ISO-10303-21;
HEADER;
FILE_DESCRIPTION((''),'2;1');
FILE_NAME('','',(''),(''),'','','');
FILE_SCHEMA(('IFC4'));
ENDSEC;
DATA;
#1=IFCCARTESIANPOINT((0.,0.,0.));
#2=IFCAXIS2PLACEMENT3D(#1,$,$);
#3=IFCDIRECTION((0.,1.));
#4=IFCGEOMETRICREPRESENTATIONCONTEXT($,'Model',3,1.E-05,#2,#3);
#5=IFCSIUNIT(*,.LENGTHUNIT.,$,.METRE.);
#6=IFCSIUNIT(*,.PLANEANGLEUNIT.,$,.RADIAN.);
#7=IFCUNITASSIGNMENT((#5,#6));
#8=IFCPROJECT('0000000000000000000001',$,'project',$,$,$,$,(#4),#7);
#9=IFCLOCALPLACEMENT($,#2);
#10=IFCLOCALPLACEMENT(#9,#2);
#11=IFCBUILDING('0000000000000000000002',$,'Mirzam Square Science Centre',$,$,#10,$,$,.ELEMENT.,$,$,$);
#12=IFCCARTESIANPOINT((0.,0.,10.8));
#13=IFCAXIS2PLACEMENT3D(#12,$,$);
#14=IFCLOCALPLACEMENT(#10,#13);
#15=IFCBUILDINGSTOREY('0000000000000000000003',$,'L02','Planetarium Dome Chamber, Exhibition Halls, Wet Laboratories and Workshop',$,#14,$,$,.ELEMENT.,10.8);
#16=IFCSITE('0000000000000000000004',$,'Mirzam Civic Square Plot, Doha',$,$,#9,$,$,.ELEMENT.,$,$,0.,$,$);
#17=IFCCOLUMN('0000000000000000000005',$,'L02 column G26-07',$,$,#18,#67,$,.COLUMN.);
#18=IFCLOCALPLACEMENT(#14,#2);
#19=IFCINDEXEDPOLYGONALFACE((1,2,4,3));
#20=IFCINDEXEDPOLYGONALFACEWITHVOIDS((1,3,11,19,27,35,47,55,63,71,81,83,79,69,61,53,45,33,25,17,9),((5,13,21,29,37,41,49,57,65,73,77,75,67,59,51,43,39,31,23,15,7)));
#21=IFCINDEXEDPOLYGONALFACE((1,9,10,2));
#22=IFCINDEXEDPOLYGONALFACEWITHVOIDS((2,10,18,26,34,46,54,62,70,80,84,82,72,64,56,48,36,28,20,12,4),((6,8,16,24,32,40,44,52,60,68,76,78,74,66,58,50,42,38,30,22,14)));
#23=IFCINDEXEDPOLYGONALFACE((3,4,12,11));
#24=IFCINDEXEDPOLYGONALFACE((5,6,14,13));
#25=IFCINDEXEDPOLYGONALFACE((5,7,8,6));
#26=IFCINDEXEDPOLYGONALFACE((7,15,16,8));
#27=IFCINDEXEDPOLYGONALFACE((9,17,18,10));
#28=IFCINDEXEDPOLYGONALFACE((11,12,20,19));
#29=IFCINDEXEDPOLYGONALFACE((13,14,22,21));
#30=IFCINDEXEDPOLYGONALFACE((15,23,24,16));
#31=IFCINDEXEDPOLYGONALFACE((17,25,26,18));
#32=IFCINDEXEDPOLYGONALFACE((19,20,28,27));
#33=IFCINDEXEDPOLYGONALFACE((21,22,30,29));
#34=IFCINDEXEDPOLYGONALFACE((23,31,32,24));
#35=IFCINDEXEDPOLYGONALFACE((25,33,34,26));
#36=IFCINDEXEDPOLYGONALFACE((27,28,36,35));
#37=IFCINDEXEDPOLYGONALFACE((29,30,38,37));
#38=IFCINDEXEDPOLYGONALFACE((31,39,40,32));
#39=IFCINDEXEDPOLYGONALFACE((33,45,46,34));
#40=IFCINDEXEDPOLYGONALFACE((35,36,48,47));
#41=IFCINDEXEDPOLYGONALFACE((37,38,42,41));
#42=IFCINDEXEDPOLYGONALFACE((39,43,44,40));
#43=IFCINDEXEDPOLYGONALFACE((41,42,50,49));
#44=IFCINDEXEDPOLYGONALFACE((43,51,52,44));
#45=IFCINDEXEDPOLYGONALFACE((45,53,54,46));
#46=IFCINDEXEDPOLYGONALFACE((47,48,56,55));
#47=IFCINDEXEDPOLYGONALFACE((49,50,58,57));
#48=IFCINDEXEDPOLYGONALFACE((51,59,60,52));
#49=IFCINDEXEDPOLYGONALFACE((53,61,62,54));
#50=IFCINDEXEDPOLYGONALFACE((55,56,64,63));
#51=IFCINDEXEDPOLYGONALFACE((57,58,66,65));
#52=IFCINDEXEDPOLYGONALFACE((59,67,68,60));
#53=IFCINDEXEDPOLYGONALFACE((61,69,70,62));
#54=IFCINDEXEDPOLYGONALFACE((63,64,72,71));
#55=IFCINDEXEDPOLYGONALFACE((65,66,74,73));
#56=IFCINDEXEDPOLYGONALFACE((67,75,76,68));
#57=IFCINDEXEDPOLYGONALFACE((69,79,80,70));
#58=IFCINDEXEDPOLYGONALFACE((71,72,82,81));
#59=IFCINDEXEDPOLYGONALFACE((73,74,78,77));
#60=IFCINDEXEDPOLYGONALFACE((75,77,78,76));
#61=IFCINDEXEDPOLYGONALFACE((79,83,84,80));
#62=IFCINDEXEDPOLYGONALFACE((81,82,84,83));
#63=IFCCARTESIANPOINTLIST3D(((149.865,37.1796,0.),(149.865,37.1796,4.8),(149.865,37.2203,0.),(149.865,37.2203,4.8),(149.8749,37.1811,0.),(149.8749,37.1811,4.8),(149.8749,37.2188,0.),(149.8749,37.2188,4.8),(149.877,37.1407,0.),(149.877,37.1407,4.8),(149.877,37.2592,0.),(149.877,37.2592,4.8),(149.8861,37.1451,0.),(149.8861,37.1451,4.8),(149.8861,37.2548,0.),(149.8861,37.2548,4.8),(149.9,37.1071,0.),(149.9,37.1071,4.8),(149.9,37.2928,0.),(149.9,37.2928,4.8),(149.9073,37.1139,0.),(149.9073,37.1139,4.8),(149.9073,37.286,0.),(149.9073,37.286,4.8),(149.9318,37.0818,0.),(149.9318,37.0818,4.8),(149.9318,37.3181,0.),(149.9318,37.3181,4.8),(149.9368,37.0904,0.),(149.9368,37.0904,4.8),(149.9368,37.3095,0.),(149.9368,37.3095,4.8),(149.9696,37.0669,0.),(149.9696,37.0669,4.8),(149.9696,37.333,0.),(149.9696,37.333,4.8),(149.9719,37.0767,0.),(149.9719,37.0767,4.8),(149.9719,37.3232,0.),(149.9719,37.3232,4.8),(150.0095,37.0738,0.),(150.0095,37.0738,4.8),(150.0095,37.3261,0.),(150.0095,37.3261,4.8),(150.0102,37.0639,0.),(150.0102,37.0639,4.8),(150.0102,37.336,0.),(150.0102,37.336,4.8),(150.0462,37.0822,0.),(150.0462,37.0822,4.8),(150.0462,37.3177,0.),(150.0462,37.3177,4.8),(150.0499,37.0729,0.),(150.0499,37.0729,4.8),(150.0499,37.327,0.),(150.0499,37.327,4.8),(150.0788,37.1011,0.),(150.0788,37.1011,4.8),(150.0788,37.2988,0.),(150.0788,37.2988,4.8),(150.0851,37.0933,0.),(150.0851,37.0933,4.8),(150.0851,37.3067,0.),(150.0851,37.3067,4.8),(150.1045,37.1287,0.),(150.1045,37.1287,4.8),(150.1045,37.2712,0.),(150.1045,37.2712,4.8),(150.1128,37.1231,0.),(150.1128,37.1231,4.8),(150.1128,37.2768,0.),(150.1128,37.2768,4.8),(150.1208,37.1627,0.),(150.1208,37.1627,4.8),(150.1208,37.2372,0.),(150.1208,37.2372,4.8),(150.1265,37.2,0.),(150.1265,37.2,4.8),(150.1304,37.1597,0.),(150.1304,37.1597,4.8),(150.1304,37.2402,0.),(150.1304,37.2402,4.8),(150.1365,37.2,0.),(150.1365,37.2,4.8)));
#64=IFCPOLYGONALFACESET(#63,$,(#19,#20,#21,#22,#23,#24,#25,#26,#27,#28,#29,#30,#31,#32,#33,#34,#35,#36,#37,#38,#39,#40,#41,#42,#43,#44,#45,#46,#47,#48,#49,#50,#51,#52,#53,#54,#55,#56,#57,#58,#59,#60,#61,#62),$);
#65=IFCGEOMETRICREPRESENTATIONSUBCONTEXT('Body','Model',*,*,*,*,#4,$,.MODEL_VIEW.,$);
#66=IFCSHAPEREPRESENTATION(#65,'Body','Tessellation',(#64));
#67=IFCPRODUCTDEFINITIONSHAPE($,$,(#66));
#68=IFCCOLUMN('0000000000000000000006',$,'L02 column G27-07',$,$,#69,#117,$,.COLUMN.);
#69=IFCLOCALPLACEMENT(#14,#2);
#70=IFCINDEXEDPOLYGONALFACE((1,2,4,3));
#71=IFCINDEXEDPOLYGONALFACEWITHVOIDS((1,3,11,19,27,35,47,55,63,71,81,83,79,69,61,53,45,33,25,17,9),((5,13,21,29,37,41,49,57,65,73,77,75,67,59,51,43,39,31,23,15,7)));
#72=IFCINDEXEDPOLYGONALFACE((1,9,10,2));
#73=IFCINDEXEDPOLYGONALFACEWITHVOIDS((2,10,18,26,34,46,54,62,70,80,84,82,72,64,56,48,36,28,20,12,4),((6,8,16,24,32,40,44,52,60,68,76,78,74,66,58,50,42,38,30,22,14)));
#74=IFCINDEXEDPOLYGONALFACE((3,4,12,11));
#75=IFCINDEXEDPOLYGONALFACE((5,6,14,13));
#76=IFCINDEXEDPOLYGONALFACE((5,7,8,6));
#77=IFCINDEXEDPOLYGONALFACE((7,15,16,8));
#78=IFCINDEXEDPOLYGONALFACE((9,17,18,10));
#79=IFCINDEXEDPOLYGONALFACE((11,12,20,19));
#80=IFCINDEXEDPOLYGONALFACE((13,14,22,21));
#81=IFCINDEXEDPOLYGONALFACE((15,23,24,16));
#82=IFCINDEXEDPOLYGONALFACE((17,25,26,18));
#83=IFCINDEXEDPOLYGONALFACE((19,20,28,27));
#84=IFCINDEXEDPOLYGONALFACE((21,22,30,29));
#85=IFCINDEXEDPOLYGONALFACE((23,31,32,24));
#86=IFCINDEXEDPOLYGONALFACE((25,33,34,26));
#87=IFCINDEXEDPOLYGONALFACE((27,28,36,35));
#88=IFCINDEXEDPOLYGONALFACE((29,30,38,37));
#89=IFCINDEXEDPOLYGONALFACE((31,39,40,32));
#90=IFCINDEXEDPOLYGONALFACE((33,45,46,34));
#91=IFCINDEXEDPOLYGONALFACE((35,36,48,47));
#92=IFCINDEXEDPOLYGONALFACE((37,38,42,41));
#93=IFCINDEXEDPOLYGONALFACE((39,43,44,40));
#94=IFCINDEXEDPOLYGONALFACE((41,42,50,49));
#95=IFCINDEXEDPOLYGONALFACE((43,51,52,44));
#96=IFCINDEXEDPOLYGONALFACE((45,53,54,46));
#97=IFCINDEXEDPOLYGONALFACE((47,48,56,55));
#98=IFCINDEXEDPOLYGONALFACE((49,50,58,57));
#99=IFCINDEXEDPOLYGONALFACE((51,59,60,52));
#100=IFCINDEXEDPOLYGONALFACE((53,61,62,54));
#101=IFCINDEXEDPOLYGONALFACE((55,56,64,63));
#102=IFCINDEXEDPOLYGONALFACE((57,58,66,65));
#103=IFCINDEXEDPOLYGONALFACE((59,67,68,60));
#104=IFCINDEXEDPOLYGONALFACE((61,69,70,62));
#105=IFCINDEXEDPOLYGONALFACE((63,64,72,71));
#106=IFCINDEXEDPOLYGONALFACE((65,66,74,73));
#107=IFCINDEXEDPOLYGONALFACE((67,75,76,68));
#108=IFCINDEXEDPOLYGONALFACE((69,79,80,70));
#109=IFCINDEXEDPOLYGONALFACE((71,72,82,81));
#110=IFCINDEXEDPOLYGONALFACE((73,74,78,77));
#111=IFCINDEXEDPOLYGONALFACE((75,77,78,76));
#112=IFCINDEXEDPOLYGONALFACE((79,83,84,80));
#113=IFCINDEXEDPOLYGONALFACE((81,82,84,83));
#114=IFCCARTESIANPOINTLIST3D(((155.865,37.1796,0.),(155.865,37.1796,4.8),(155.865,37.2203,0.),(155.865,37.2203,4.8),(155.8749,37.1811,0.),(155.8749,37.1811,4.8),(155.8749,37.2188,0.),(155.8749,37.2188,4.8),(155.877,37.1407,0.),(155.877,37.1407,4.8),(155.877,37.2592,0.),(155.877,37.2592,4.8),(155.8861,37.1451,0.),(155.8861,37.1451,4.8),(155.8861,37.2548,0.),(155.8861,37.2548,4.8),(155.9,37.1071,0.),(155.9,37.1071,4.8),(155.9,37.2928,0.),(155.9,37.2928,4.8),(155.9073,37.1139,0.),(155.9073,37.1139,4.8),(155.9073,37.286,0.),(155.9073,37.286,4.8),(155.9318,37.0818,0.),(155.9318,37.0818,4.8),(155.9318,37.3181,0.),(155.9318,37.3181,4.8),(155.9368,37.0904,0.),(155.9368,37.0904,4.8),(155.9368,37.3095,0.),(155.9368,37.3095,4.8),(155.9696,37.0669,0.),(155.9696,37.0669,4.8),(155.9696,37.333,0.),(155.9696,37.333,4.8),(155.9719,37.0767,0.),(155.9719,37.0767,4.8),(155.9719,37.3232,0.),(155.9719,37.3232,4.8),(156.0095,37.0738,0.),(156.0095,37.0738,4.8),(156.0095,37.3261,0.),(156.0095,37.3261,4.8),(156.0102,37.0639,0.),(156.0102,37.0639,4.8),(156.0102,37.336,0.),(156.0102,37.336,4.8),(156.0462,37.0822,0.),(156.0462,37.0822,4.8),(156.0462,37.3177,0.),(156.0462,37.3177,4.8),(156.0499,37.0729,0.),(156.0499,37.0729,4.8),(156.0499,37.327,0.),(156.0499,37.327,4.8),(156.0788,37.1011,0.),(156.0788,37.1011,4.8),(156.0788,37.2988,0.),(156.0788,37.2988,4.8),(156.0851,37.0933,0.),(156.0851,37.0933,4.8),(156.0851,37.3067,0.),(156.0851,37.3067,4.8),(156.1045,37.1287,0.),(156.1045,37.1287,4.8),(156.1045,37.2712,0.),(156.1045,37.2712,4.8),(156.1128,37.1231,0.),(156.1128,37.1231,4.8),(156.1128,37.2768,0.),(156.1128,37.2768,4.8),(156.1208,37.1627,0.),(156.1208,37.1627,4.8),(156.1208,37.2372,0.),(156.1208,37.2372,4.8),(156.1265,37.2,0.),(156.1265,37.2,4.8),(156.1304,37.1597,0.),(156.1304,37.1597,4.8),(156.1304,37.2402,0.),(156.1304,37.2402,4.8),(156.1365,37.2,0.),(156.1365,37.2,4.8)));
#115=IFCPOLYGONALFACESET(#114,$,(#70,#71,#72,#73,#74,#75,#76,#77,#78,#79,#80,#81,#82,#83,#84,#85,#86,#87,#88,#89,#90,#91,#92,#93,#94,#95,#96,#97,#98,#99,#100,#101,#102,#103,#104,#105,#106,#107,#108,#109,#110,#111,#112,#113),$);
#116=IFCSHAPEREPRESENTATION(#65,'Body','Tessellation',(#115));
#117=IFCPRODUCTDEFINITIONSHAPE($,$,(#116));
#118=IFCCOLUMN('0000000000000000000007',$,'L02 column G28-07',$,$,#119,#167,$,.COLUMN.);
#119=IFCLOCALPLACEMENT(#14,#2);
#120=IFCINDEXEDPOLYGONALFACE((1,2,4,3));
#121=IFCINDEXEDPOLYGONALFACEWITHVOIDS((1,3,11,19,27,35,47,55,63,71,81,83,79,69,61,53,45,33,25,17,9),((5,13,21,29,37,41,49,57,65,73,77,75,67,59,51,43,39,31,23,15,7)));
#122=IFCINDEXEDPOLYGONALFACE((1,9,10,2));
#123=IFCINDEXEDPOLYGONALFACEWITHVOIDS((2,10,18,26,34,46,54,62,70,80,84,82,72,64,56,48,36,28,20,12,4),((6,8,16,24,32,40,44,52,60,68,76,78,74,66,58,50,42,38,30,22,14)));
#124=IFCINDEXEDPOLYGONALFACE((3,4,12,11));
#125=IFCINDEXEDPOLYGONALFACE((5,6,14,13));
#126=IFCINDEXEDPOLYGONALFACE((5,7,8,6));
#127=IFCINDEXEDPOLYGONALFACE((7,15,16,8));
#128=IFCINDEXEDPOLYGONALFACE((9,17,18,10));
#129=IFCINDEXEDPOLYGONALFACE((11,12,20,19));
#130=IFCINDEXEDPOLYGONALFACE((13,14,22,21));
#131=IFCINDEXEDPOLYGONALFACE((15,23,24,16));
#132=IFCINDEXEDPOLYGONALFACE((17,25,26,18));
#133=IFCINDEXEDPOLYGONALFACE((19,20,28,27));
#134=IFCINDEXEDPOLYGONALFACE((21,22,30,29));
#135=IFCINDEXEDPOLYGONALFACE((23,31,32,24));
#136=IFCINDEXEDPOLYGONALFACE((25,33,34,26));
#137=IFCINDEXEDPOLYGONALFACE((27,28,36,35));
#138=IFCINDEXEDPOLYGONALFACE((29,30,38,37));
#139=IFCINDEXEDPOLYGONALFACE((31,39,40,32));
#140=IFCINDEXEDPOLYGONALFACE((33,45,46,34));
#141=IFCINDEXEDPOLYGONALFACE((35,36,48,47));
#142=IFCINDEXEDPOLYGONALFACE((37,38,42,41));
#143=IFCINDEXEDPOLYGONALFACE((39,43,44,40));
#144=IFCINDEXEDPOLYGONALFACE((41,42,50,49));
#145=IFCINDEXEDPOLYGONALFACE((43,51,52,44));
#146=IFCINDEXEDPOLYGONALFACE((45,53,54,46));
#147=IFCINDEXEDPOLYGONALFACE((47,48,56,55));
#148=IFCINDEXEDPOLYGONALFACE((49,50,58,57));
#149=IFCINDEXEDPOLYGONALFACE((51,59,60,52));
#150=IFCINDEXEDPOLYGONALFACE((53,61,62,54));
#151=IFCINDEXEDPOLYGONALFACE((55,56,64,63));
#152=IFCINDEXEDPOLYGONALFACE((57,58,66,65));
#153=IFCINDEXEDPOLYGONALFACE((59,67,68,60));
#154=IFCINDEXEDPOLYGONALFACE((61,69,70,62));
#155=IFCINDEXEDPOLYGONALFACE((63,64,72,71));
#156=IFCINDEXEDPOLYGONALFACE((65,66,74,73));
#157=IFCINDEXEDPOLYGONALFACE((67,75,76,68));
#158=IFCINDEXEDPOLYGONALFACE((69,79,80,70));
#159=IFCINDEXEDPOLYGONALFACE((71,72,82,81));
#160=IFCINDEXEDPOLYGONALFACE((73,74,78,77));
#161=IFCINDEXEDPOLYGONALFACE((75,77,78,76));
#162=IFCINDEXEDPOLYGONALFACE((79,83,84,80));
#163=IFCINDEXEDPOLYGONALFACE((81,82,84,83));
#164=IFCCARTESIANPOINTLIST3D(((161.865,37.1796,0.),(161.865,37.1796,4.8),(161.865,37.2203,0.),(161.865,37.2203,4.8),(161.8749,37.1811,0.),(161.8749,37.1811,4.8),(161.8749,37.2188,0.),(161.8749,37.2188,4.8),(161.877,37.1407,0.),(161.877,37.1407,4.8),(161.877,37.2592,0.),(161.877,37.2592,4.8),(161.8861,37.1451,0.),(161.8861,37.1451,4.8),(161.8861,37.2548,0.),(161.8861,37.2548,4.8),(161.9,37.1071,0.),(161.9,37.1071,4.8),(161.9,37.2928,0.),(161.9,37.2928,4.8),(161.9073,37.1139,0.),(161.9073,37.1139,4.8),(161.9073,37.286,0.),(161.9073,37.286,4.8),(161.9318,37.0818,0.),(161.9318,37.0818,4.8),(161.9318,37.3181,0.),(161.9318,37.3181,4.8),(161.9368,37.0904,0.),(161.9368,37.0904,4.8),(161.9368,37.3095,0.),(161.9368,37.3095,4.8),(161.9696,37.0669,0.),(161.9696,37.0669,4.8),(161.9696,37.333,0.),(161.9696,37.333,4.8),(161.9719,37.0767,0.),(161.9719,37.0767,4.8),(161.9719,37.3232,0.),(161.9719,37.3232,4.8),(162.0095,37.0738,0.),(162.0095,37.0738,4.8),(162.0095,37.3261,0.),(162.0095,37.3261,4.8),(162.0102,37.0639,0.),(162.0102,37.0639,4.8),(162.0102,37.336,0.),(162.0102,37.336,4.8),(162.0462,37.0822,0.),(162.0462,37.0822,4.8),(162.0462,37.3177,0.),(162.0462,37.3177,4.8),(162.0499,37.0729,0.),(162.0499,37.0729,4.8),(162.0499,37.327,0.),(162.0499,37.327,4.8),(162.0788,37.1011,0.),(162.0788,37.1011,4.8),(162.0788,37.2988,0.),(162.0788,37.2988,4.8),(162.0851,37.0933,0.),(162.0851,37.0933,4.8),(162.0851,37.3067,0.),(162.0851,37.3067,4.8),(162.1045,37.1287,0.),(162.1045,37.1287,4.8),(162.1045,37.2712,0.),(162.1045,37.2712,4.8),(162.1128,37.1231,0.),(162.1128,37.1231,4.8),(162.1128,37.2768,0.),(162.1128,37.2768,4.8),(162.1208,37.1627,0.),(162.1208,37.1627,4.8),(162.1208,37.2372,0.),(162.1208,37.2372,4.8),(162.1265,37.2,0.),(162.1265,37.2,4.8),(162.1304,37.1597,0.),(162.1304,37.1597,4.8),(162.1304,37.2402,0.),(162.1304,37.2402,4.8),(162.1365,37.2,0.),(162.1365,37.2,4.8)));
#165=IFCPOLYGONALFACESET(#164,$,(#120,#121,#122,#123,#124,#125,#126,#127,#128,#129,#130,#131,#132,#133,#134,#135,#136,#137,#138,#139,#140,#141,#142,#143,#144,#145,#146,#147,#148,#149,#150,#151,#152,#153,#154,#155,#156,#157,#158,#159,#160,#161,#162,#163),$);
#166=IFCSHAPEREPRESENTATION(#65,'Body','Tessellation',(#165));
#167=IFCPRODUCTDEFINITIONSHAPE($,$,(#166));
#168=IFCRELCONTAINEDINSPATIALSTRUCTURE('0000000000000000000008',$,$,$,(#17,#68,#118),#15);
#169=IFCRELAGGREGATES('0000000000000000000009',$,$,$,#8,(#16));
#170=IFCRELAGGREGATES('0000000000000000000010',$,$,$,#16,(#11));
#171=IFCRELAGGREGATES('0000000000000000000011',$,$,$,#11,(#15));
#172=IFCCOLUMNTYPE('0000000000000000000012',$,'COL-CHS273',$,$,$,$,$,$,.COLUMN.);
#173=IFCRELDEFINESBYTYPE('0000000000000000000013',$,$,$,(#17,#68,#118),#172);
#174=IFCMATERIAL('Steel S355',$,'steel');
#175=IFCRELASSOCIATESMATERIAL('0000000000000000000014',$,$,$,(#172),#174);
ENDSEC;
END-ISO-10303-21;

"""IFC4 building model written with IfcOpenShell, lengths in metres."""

from ifc_helpers import new_model, si_unit, direction, frame, origin, origin_2d, place, context, subcontext, project, spatial, hollow_circle, extrude, material, material_profile, profile_set, type_object, element, save


model = new_model("IFC4")

# Units and contexts
model_context = context("Model", 3, precision=1e-05, world=origin(), true_north=direction((0.0, 1.0)))
body_context = subcontext(model_context, "Body", "Model", "MODEL_VIEW")
ifc_project = project(units=[si_unit("LENGTHUNIT", "METRE"), si_unit("PLANEANGLEUNIT", "RADIAN")], contexts=[model_context])

# Site, building, storey
site_placement = place(None, origin())
site = spatial("IfcSite", under=ifc_project, at=site_placement, Name="Mirzam Civic Square Plot, Doha", CompositionType="ELEMENT", RefElevation=0.0)
building_placement = place(site_placement, origin())
building = spatial("IfcBuilding", under=site, at=building_placement, Name="Mirzam Square Science Centre", CompositionType="ELEMENT")
storey_placement = place(building_placement, frame((0.0, 0.0, 10.8)))
storey = spatial("IfcBuildingStorey", under=building, at=storey_placement, Name="L02", Description="Planetarium Dome Chamber, Exhibition Halls, Wet Laboratories and Workshop", CompositionType="ELEMENT", Elevation=10.8)

# Columns
ifc_material_1 = material(Name="Steel S355", Category="steel")
ifc_material_profile_1 = material_profile(ifc_material_1, hollow_circle(Radius=0.1365, WallThickness=0.01, at=origin_2d()), Name="273.0x10.0CHS")
ifc_profile_set_1 = profile_set([ifc_material_profile_1], Name="Steel S355")
column_type_1 = type_object("IfcColumnType", Name="COL-CHS273", PredefinedType="COLUMN", material=ifc_profile_set_1)
for number, where, z_axis, x_axis, name in (
    (1, (150.0, 37.2, 0.0), (0.0, 0.0, 1.0), (1.0, 0.0, 0.0), "L02 column G26-07"),
    (2, (156.0, 37.2, 0.0), (0.0, 0.0, 1.0), (1.0, 0.0, 0.0), "L02 column G27-07"),
    (3, (162.0, 37.2, 0.0), (0.0, 0.0, 1.0), (1.0, 0.0, 0.0), "L02 column G28-07"),
):
    element("IfcColumn", number, at=place(storey_placement, frame(where, z_axis=z_axis, x_axis=x_axis)), inside=storey, type_object=column_type_1, Name=name, PredefinedType="COLUMN", context=body_context, shape_type="SweptSolid", body=[
        extrude(hollow_circle(Radius=0.1365, WallThickness=0.01, at=origin_2d()), origin(), (0.0, 0.0, 1.0), 4.8),
    ])

save(model, "model.ifc")
